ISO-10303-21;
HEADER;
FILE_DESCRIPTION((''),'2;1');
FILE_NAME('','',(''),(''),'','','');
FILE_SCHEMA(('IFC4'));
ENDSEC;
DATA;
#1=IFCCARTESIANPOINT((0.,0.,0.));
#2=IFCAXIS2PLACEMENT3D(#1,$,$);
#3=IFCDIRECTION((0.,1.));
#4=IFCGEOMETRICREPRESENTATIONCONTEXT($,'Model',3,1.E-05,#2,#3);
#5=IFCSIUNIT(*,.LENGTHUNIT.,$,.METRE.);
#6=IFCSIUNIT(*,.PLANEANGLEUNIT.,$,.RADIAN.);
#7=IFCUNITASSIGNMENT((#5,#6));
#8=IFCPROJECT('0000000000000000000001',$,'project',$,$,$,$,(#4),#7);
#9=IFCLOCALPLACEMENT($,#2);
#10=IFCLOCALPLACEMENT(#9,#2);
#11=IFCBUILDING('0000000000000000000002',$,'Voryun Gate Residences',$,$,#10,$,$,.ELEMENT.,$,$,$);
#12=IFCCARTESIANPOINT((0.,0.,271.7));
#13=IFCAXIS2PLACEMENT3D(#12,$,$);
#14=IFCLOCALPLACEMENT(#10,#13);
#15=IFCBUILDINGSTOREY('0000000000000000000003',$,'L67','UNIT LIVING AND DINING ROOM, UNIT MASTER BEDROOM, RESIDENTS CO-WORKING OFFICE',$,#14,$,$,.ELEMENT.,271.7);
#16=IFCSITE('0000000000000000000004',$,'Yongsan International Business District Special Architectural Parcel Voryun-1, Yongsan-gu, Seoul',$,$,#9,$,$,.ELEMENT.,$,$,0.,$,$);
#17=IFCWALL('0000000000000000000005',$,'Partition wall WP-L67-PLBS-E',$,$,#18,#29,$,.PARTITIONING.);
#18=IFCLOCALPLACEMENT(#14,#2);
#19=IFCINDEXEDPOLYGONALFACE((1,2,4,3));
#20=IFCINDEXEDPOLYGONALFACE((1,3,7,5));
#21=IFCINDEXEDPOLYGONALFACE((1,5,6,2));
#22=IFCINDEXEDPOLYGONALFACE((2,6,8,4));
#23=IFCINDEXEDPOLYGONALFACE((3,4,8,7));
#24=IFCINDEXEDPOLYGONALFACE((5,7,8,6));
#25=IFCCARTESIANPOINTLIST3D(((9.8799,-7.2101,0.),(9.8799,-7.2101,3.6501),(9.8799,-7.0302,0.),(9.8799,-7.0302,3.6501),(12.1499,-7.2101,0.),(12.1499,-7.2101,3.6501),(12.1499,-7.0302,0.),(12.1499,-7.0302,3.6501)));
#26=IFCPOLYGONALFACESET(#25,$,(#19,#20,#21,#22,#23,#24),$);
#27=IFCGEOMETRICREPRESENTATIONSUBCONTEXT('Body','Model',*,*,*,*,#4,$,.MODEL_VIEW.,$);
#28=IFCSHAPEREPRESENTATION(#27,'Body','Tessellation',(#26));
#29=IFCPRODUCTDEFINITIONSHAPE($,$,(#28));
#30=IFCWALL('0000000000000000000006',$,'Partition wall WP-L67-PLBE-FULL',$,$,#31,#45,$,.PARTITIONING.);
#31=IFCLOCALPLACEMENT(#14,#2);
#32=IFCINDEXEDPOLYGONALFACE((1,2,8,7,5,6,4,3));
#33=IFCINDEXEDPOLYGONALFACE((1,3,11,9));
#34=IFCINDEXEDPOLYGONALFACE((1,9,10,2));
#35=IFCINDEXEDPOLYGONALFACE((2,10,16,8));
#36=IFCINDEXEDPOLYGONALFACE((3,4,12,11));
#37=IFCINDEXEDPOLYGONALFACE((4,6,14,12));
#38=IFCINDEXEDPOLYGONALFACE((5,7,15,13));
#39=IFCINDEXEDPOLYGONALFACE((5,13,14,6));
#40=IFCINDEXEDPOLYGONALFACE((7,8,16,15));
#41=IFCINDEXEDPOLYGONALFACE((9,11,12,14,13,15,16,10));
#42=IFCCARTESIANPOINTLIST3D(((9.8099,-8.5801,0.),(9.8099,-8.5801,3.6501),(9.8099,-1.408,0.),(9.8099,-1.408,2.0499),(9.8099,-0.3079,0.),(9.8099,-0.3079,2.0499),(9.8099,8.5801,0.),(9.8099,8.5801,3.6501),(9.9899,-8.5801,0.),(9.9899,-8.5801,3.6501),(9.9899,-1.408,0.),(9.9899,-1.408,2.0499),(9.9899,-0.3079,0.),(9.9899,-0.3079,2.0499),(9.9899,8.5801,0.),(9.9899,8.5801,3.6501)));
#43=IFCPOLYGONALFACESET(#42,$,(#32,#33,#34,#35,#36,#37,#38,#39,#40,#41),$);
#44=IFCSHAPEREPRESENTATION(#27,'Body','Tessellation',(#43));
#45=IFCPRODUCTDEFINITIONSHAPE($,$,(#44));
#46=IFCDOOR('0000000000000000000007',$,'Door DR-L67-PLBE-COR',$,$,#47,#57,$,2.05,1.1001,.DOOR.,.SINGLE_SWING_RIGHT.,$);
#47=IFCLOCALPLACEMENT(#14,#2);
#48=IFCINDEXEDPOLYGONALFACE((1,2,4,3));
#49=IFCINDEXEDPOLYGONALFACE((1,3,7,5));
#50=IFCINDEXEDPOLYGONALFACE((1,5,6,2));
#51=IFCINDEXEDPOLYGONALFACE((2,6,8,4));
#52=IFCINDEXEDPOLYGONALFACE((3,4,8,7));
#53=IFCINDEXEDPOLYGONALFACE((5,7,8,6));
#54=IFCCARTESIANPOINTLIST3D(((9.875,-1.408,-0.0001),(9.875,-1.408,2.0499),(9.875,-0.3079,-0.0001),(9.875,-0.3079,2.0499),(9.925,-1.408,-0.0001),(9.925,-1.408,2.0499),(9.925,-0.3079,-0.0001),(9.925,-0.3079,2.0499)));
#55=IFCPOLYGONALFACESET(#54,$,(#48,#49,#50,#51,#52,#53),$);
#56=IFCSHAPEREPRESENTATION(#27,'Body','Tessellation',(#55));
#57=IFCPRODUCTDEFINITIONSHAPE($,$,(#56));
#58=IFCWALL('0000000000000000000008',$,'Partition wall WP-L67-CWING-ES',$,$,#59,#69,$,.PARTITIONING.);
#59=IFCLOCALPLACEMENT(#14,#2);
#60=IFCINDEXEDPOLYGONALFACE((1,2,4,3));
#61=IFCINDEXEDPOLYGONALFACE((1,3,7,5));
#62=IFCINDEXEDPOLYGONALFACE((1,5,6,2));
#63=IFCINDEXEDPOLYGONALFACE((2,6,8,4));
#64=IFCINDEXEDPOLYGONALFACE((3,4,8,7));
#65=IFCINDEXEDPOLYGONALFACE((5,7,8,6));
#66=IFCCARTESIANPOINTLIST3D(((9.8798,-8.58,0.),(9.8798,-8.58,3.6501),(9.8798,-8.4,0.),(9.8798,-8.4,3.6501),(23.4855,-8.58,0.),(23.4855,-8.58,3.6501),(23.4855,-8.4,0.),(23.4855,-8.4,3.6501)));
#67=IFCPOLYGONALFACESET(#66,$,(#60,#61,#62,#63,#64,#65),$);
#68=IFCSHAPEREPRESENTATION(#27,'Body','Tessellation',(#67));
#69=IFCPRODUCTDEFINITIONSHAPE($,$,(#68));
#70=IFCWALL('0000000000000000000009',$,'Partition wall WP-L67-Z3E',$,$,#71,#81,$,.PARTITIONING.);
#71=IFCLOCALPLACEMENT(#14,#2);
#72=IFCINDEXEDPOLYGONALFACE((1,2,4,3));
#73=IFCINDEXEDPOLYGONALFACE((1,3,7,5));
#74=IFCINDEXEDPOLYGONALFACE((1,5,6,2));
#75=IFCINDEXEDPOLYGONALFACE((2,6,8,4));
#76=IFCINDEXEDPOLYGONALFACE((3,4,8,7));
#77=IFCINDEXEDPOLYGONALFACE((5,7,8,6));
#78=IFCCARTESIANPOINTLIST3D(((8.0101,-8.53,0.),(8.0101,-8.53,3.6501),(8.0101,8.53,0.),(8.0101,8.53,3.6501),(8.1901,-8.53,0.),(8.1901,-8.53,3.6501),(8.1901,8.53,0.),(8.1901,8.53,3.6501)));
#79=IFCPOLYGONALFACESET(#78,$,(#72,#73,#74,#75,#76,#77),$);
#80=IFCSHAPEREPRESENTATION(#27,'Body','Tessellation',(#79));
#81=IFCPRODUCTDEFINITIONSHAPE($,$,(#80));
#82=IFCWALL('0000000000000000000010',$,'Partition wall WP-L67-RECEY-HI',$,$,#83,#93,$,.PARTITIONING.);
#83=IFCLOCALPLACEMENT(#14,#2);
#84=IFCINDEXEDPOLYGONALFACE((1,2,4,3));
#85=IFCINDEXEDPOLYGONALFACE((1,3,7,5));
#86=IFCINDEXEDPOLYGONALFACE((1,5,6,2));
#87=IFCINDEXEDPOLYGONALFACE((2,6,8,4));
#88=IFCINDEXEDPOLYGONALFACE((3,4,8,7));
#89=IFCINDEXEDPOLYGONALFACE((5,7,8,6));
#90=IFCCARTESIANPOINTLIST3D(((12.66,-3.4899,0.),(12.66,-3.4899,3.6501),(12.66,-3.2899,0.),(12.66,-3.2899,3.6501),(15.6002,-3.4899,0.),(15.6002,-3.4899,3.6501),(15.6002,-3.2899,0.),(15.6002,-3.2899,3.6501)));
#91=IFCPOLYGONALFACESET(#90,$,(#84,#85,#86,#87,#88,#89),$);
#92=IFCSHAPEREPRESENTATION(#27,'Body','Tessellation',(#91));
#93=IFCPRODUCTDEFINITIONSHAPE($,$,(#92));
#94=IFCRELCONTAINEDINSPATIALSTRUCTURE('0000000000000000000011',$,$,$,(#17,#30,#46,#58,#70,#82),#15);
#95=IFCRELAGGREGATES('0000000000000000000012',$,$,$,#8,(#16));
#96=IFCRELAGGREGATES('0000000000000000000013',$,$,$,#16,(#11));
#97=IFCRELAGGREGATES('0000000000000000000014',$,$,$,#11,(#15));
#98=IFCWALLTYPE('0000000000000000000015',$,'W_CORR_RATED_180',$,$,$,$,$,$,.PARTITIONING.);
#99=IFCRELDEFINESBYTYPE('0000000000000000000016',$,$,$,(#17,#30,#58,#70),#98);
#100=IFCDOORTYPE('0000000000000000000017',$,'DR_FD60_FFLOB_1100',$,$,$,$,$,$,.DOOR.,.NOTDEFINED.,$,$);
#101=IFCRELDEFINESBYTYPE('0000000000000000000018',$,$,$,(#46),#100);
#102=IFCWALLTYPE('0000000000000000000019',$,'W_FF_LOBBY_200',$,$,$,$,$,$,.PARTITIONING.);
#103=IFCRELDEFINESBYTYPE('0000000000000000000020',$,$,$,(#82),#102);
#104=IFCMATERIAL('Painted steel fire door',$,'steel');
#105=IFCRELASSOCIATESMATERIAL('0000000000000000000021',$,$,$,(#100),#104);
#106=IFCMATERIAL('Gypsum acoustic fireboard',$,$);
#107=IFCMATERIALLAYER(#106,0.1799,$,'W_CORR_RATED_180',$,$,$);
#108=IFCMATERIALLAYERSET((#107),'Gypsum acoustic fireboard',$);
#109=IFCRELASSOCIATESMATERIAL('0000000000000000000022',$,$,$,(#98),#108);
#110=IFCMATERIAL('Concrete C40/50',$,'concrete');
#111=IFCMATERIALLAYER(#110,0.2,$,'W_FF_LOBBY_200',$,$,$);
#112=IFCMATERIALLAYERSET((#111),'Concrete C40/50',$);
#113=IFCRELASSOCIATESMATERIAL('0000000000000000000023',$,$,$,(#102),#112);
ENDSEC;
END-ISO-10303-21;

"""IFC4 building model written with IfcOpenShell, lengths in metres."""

from ifc_helpers import new_model, si_unit, direction, frame, frame_2d, origin, place, context, subcontext, project, spatial, rectangle, extrude, material, layer, layer_set, type_object, element, fill, save


model = new_model("IFC4")

# Units and contexts
model_context = context("Model", 3, precision=1e-05, world=origin(), true_north=direction((0.0, 1.0)))
body_context = subcontext(model_context, "Body", "Model", "MODEL_VIEW")
ifc_project = project(units=[si_unit("LENGTHUNIT", "METRE"), si_unit("PLANEANGLEUNIT", "RADIAN")], contexts=[model_context])

# Site, building, storey
site_placement = place(None, origin())
site = spatial("IfcSite", under=ifc_project, at=site_placement, Name="Yongsan International Business District Special Architectural Parcel Voryun-1, Yongsan-gu, Seoul", CompositionType="ELEMENT", RefElevation=0.0)
building_placement = place(site_placement, origin())
building = spatial("IfcBuilding", under=site, at=building_placement, Name="Voryun Gate Residences", CompositionType="ELEMENT")
storey_placement = place(building_placement, frame((0.0, 0.0, 271.7)))
storey = spatial("IfcBuildingStorey", under=building, at=storey_placement, Name="L67", Description="UNIT LIVING AND DINING ROOM, UNIT MASTER BEDROOM, RESIDENTS CO-WORKING OFFICE", CompositionType="ELEMENT", Elevation=271.7)

# Shared definitions
ifc_material_1 = material(Name="Painted steel fire door", Category="steel")
door_type_1 = type_object("IfcDoorType", Name="DR_FD60_FFLOB_1100", OperationType="NOTDEFINED", PredefinedType="DOOR", material=ifc_material_1)

# Wall
ifc_material_2 = material(Name="Gypsum acoustic fireboard")
ifc_layer_1 = layer(ifc_material_2, 0.1799, Name="W_CORR_RATED_180")
ifc_layer_set_1 = layer_set([ifc_layer_1], Name="Gypsum acoustic fireboard")
wall_type_1 = type_object("IfcWallType", Name="W_CORR_RATED_180", PredefinedType="PARTITIONING", material=ifc_layer_set_1)
wall_1_placement = place(storey_placement, frame((9.8799, -7.1201, 0.0), z_axis=(0.0, 0.0, 1.0), x_axis=(1.0, 0.0, 0.0)))
element("IfcWall", 1, at=wall_1_placement, inside=storey, type_object=wall_type_1, Name="Partition wall WP-L67-PLBS-E", PredefinedType="PARTITIONING", context=body_context, shape_type="SweptSolid", body=[
    extrude(rectangle(XDim=2.27, YDim=0.1799, at=frame_2d((1.135, 0.0))), origin(), (0.0, 0.0, 1.0), 3.6501),
])

# Wall, opening, door
wall_2_placement = place(storey_placement, frame((9.8999, -8.5801, 0.0), z_axis=(0.0, 0.0, 1.0), x_axis=(0.0, 1.0, 0.0)))
wall_2 = element("IfcWall", 2, at=wall_2_placement, inside=storey, type_object=wall_type_1, Name="Partition wall WP-L67-PLBE-FULL", PredefinedType="PARTITIONING", context=body_context, shape_type="SweptSolid", body=[
    extrude(rectangle(XDim=17.1602, YDim=0.1799, at=frame_2d((8.5801, 0.0))), origin(), (0.0, 0.0, 1.0), 3.6501),
])
opening_1_placement = place(wall_2_placement, frame((7.1721, 0.0, 0.0)))
opening_1 = element("IfcOpeningElement", 3, at=opening_1_placement, cuts=wall_2, PredefinedType="OPENING", context=body_context, shape_type="SweptSolid", body=[
    extrude(rectangle(XDim=1.1001, YDim=2.05, at=frame_2d((0.55, 1.0249))), frame((0.0, 0.0999, 0.0), z_axis=(0.0, -1.0, 0.0), x_axis=(1.0, 0.0, 0.0)), (0.0, 0.0, 1.0), 0.2),
])
door_1_placement = place(opening_1_placement, origin())
door_1 = element("IfcDoor", 4, at=door_1_placement, inside=storey, type_object=door_type_1, Name="Door DR-L67-PLBE-COR", OperationType="SINGLE_SWING_RIGHT", OverallHeight=2.05, OverallWidth=1.1001, PredefinedType="DOOR", context=body_context, shape_type="SweptSolid", body=[
    extrude(rectangle(XDim=1.1001, YDim=2.05, at=frame_2d((0.55, 1.0249))), frame((0.0, 0.0249, 0.0), z_axis=(0.0, -1.0, 0.0), x_axis=(1.0, 0.0, 0.0)), (0.0, 0.0, 1.0), 0.05),
])
fill(opening_1, door_1)

# Walls
wall_3_placement = place(storey_placement, frame((9.8799, -8.49, 0.0), z_axis=(0.0, 0.0, 1.0), x_axis=(1.0, 0.0, 0.0)))
element("IfcWall", 5, at=wall_3_placement, inside=storey, type_object=wall_type_1, Name="Partition wall WP-L67-CWING-ES", PredefinedType="PARTITIONING", context=body_context, shape_type="SweptSolid", body=[
    extrude(rectangle(XDim=13.6057, YDim=0.1799, at=frame_2d((6.8027, 0.0))), origin(), (0.0, 0.0, 1.0), 3.6501),
])
wall_4_placement = place(storey_placement, frame((8.1001, -8.53, 0.0), z_axis=(0.0, 0.0, 1.0), x_axis=(0.0, 1.0, 0.0)))
element("IfcWall", 6, at=wall_4_placement, inside=storey, type_object=wall_type_1, Name="Partition wall WP-L67-Z3E", PredefinedType="PARTITIONING", context=body_context, shape_type="SweptSolid", body=[
    extrude(rectangle(XDim=17.0601, YDim=0.1799, at=frame_2d((8.53, 0.0))), origin(), (0.0, 0.0, 1.0), 3.6501),
])
ifc_material_3 = material(Name="Concrete C40/50", Category="concrete")
ifc_layer_2 = layer(ifc_material_3, 0.2, Name="W_FF_LOBBY_200")
ifc_layer_set_2 = layer_set([ifc_layer_2], Name="Concrete C40/50")
wall_type_2 = type_object("IfcWallType", Name="W_FF_LOBBY_200", PredefinedType="PARTITIONING", material=ifc_layer_set_2)
wall_5_placement = place(storey_placement, frame((12.6599, -3.3899, 0.0), z_axis=(0.0, 0.0, 1.0), x_axis=(1.0, 0.0, 0.0)))
element("IfcWall", 7, at=wall_5_placement, inside=storey, type_object=wall_type_2, Name="Partition wall WP-L67-RECEY-HI", PredefinedType="PARTITIONING", context=body_context, shape_type="SweptSolid", body=[
    extrude(rectangle(XDim=2.9402, YDim=0.2, at=frame_2d((1.4702, 0.0))), origin(), (0.0, 0.0, 1.0), 3.6501),
])

save(model, "model.ifc")
